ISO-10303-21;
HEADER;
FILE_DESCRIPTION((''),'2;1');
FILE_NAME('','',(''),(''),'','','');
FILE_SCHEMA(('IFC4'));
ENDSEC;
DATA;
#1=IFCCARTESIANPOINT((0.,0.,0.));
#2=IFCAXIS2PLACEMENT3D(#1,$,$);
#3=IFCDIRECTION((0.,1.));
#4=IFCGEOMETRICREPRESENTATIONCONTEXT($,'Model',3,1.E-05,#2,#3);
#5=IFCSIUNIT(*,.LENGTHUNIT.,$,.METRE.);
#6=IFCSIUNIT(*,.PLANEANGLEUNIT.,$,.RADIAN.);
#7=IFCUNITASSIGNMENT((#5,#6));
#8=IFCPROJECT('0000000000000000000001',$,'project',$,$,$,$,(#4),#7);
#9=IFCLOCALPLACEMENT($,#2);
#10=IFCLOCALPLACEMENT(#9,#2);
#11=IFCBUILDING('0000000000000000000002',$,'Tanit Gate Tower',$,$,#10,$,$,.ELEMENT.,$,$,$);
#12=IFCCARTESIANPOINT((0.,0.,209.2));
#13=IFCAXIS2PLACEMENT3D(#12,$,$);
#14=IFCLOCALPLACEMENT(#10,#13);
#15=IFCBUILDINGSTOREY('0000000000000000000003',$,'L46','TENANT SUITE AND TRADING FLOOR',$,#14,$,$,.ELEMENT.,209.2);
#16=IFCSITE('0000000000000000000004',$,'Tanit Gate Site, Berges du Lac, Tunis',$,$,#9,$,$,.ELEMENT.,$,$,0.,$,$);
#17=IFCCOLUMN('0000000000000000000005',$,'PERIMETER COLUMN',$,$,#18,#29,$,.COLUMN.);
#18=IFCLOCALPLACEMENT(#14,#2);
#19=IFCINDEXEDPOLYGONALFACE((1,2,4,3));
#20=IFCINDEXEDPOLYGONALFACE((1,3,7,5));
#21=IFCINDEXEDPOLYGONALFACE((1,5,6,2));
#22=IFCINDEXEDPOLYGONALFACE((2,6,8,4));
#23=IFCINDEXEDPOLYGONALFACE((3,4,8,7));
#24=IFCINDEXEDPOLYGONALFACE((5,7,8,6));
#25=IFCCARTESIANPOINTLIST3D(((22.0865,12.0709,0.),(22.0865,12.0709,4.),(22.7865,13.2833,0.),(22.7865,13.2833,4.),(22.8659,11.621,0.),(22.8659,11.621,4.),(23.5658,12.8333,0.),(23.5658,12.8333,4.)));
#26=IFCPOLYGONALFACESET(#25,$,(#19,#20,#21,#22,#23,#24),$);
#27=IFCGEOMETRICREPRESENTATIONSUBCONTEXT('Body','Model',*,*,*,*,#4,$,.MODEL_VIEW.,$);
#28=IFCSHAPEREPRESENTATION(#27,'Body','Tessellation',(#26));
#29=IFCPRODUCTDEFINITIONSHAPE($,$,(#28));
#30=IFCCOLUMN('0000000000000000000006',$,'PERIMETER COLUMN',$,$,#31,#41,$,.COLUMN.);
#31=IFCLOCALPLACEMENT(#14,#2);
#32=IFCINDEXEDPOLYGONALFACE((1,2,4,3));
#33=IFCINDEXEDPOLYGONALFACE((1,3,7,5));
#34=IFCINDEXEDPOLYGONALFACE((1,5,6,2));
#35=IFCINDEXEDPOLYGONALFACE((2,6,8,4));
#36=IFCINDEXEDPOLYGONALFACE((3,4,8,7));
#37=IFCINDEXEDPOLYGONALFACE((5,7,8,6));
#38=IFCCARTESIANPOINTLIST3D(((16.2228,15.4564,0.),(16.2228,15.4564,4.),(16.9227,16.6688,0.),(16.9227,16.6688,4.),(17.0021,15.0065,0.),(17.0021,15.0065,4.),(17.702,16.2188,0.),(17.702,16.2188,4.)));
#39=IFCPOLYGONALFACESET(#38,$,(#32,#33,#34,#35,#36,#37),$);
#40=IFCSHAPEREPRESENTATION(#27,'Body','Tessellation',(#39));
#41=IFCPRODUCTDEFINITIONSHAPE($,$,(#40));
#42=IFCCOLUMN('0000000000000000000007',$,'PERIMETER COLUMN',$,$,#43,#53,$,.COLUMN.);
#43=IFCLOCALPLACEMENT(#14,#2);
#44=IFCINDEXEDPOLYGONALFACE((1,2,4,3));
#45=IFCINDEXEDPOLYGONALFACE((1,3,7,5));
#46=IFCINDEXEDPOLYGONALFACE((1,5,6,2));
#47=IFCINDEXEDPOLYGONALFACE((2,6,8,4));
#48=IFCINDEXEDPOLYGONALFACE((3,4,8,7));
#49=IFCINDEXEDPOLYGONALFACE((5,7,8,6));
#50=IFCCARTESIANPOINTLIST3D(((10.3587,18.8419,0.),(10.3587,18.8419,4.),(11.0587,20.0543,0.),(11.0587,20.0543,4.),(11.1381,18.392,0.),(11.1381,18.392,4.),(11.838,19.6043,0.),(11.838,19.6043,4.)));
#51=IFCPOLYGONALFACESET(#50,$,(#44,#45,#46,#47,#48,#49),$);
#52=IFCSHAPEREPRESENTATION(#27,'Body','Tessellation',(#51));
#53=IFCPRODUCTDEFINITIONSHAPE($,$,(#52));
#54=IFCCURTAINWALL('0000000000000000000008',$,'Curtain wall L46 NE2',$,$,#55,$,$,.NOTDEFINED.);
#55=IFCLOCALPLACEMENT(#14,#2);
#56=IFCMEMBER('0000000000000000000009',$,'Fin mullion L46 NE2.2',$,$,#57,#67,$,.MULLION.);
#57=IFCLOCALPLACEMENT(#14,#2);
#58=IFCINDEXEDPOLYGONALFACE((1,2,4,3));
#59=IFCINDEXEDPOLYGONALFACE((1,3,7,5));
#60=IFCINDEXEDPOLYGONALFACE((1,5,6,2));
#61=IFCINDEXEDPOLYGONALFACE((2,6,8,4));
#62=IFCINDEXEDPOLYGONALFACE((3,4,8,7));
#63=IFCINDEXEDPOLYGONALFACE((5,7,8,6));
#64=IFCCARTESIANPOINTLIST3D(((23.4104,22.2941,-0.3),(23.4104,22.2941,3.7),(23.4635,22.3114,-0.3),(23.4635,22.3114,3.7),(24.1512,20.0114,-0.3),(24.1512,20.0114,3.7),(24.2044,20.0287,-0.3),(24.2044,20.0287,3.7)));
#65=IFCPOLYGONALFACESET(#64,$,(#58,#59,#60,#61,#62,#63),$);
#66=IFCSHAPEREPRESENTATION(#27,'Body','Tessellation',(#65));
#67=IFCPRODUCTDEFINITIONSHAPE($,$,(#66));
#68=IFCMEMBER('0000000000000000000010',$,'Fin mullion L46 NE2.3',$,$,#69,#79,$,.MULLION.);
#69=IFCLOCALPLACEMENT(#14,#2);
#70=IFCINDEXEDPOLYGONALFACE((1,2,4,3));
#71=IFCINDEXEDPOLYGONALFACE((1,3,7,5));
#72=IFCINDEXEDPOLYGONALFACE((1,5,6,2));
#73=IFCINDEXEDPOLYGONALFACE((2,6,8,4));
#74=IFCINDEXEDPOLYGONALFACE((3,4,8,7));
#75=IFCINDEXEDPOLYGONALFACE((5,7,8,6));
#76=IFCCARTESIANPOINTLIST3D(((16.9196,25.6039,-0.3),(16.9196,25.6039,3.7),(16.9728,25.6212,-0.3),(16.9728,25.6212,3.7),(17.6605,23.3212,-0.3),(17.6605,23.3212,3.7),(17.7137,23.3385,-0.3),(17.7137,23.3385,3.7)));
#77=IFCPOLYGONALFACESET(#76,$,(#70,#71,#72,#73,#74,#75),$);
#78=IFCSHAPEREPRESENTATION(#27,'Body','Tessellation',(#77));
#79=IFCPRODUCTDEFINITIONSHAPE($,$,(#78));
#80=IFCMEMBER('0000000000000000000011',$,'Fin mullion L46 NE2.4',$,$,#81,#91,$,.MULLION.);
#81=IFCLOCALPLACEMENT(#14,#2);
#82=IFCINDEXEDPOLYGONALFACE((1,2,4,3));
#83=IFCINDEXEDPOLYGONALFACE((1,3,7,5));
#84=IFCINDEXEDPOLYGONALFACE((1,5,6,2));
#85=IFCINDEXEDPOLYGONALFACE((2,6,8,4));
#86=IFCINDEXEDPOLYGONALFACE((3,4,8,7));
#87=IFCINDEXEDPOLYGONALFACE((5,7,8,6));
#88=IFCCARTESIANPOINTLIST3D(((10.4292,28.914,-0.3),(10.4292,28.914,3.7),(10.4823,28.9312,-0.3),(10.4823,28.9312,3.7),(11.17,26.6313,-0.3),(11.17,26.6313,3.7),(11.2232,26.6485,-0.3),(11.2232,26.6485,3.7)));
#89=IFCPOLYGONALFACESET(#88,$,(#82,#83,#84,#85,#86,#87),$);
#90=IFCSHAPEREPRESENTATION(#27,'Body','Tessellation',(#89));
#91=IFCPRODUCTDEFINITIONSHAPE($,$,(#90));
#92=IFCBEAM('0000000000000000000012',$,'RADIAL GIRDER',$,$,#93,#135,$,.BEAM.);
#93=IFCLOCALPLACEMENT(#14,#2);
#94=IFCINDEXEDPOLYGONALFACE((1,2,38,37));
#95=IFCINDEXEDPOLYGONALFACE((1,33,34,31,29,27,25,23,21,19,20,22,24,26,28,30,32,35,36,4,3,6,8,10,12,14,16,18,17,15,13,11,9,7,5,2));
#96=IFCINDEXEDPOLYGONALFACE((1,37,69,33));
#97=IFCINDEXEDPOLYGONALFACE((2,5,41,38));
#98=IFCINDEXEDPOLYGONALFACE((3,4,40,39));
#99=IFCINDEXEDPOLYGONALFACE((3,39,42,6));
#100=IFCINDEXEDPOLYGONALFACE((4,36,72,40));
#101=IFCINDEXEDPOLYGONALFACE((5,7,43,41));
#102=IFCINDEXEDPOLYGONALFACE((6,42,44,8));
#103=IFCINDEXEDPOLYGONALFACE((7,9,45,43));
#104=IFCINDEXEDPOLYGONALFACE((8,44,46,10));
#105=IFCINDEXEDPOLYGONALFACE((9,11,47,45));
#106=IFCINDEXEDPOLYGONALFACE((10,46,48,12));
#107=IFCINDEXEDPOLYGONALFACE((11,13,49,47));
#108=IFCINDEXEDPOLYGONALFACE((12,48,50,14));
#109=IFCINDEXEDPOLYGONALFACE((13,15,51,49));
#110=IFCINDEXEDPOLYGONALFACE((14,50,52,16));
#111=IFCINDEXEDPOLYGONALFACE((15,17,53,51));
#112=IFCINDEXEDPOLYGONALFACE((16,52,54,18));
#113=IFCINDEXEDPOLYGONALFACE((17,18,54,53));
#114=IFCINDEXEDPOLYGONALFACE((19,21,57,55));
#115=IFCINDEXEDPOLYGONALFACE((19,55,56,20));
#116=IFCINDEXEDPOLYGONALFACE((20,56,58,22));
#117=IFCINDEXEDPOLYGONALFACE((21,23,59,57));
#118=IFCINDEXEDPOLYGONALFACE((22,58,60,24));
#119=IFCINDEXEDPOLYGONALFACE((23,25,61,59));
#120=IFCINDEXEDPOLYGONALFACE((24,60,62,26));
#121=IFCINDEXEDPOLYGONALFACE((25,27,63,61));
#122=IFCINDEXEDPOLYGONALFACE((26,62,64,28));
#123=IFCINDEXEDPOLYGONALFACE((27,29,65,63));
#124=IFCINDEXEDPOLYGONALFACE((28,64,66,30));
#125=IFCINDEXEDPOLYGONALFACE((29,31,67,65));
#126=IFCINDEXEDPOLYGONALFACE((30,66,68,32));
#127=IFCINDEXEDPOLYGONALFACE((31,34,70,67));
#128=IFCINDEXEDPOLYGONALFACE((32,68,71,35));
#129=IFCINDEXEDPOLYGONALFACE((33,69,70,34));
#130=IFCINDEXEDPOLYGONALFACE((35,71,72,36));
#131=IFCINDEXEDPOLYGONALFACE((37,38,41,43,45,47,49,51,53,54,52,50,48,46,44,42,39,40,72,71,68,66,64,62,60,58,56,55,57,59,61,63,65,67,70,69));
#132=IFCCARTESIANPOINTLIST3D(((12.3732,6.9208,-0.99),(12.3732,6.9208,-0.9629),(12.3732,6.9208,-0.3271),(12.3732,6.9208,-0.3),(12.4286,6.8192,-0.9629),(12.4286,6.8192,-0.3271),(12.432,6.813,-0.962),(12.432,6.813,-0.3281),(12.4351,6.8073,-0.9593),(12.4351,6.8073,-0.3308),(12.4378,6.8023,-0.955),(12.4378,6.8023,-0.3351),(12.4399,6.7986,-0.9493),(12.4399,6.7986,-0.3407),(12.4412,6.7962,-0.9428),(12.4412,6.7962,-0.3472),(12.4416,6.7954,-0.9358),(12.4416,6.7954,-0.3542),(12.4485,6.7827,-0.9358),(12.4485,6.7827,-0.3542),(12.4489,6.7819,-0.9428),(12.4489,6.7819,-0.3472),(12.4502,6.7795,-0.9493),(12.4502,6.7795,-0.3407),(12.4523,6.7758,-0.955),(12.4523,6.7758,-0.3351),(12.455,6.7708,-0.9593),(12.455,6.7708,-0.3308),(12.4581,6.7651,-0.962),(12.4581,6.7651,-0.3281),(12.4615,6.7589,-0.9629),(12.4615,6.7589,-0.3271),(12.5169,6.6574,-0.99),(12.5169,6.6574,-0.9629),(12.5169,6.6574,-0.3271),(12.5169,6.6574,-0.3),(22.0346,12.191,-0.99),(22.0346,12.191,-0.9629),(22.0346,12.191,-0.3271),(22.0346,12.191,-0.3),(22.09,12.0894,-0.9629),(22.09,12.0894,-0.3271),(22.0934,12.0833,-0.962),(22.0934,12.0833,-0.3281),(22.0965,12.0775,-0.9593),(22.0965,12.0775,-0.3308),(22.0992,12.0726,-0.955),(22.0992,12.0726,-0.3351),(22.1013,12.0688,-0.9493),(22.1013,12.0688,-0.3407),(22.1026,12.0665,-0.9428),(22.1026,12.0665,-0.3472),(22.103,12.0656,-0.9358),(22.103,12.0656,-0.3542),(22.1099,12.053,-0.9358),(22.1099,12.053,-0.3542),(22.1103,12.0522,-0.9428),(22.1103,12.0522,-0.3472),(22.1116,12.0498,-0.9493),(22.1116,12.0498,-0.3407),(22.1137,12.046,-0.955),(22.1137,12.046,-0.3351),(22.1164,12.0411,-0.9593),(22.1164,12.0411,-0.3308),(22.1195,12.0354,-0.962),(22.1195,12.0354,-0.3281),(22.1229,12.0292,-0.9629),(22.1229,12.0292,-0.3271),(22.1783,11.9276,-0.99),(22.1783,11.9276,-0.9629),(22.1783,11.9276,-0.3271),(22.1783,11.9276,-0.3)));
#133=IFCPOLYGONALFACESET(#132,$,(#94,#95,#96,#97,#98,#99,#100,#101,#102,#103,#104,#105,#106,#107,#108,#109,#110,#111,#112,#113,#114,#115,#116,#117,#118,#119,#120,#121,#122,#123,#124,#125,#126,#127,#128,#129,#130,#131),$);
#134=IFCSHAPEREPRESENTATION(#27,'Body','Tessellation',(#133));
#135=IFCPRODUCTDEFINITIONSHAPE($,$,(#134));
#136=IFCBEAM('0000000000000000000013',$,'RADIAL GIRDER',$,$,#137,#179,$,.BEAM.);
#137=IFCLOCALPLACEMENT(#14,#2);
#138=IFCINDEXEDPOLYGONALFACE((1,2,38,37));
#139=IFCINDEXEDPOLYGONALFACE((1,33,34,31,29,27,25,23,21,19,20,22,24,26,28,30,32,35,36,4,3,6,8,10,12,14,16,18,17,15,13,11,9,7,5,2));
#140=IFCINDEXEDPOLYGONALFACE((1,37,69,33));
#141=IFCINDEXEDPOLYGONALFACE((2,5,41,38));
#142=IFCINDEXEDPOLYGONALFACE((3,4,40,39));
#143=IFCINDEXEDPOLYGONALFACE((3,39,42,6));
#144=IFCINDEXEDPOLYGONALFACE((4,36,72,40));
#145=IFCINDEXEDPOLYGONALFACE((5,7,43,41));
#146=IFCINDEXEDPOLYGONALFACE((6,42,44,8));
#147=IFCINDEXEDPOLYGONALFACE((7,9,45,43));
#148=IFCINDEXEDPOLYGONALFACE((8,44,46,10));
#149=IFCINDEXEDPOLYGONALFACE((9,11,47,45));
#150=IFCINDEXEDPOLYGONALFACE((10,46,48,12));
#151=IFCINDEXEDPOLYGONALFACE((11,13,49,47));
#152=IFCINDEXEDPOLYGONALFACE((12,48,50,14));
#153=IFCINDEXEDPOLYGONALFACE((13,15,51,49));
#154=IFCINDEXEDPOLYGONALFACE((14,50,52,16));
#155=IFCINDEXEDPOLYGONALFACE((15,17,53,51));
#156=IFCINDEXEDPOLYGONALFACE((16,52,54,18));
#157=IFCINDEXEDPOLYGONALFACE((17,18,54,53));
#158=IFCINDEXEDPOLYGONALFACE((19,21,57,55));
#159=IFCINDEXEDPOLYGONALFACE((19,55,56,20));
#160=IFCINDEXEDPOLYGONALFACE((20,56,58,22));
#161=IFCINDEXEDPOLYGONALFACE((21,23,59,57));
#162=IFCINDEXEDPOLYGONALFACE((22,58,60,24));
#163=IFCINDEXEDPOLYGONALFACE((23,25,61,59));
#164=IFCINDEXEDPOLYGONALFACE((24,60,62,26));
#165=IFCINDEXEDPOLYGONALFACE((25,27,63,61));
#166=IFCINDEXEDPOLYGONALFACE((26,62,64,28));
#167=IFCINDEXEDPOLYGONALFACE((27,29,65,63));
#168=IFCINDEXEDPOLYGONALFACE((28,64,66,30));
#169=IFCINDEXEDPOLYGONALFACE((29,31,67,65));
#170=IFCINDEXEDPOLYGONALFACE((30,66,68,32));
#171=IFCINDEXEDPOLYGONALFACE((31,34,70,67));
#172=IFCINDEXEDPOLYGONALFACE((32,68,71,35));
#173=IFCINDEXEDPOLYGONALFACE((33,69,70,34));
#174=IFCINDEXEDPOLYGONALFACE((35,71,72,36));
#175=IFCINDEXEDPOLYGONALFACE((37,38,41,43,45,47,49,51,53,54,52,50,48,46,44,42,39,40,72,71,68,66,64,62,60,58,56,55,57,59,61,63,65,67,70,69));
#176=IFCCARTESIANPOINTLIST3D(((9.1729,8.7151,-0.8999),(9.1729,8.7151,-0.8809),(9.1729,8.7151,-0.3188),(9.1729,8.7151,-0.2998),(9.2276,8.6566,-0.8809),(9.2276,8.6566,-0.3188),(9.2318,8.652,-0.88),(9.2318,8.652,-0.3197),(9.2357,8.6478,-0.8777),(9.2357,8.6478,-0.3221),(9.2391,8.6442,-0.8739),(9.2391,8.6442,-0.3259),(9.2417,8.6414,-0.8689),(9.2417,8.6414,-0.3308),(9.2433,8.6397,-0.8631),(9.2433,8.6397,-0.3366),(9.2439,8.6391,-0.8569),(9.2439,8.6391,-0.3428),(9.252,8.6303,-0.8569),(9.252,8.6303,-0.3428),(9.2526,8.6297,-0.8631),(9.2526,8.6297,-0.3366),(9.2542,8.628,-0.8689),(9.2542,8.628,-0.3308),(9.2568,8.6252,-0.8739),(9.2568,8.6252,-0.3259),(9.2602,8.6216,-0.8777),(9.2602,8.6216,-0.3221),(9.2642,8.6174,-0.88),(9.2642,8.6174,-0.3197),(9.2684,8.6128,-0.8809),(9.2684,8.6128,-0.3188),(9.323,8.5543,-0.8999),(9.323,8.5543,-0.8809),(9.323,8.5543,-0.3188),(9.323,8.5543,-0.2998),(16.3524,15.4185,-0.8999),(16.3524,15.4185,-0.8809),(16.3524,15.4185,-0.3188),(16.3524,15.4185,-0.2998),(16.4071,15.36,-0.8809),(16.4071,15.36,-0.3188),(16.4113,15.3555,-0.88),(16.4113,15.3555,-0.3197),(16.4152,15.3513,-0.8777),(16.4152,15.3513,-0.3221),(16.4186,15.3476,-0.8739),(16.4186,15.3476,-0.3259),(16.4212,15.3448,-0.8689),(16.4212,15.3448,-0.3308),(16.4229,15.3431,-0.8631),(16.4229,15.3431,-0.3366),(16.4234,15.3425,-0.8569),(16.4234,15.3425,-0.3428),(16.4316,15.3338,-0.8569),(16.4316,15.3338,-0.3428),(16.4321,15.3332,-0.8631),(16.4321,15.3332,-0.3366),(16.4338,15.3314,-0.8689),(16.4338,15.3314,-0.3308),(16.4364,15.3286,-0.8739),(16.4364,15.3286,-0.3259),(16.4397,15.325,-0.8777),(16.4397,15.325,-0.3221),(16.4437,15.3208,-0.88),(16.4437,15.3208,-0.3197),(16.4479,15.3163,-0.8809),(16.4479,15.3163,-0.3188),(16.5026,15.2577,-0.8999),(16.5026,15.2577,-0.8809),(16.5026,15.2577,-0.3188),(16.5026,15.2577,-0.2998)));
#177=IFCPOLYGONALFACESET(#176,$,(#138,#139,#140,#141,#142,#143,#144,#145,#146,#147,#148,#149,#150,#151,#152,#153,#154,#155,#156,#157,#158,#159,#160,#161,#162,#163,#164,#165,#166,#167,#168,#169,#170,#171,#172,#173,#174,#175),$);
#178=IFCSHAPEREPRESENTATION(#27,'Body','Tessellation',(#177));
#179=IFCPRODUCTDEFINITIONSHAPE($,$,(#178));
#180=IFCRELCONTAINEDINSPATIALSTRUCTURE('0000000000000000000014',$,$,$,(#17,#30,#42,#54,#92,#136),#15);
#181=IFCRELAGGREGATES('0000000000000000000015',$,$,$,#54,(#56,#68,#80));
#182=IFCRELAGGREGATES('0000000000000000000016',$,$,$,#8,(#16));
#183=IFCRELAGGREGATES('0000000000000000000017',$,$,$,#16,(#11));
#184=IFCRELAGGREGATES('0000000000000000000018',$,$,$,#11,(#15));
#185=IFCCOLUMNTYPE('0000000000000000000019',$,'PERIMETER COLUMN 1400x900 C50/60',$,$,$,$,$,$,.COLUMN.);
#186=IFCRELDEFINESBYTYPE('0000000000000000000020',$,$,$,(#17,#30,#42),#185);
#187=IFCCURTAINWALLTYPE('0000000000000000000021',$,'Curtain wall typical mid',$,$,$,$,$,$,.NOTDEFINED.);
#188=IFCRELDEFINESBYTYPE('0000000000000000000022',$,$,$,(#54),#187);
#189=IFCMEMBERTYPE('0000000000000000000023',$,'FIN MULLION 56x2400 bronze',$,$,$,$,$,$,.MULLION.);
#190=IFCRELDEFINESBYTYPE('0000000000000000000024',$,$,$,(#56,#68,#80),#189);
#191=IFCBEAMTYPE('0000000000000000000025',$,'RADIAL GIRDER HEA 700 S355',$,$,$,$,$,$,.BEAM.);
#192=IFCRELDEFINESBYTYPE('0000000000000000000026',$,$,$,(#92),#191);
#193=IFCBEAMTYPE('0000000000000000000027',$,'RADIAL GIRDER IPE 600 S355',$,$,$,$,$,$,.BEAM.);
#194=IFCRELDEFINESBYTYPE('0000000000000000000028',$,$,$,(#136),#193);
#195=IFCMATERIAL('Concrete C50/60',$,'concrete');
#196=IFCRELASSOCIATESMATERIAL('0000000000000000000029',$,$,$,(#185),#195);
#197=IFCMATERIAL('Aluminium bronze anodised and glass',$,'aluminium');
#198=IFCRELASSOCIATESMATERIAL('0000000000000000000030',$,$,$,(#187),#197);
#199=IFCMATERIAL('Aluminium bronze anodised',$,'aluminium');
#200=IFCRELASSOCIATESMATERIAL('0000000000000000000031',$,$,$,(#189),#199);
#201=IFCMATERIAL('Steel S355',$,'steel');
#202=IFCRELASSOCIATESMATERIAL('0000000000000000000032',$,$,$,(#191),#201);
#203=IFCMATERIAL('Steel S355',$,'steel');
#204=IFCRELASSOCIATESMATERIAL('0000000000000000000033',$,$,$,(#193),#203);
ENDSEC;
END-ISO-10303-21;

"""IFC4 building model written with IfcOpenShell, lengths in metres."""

from ifc_helpers import new_model, si_unit, direction, frame, origin, origin_2d, place, context, subcontext, project, spatial, rectangle, i_section, extrude, material, material_profile, profile_set, type_object, element, aggregate, save


model = new_model("IFC4")

# Units and contexts
model_context = context("Model", 3, precision=1e-05, world=origin(), true_north=direction((0.0, 1.0)))
body_context = subcontext(model_context, "Body", "Model", "MODEL_VIEW")
ifc_project = project(units=[si_unit("LENGTHUNIT", "METRE"), si_unit("PLANEANGLEUNIT", "RADIAN")], contexts=[model_context])

# Site, building, storey
site_placement = place(None, origin())
site = spatial("IfcSite", under=ifc_project, at=site_placement, Name="Tanit Gate Site, Berges du Lac, Tunis", CompositionType="ELEMENT", RefElevation=0.0)
building_placement = place(site_placement, origin())
building = spatial("IfcBuilding", under=site, at=building_placement, Name="Tanit Gate Tower", CompositionType="ELEMENT")
storey_placement = place(building_placement, frame((0.0, 0.0, 209.2)))
storey = spatial("IfcBuildingStorey", under=building, at=storey_placement, Name="L46", Description="TENANT SUITE AND TRADING FLOOR", CompositionType="ELEMENT", Elevation=209.2)

# Columns
ifc_material_1 = material(Name="Concrete C50/60", Category="concrete")
ifc_material_profile_1 = material_profile(ifc_material_1, rectangle(XDim=1.3999, YDim=0.8999, at=origin_2d()), Name="RC 1400x900")
ifc_profile_set_1 = profile_set([ifc_material_profile_1], Name="Concrete C50/60")
column_type = type_object("IfcColumnType", Name="PERIMETER COLUMN 1400x900 C50/60", PredefinedType="COLUMN", material=ifc_profile_set_1)
for number, where, z_axis, x_axis, name in (
    (1, (22.8262, 12.4521, 0.0), (0.0, 0.0, 1.0), (0.5, 0.866025, 0.0), "PERIMETER COLUMN"),
    (2, (16.9624, 15.8376, 0.0), (0.0, 0.0, 1.0), (0.5, 0.866025, 0.0), "PERIMETER COLUMN"),
    (3, (11.0984, 19.2231, 0.0), (0.0, 0.0, 1.0), (0.5, 0.866025, 0.0), "PERIMETER COLUMN"),
):
    element("IfcColumn", number, at=place(storey_placement, frame(where, z_axis=z_axis, x_axis=x_axis)), inside=storey, type_object=column_type, Name=name, PredefinedType="COLUMN", context=body_context, shape_type="SweptSolid", body=[
        extrude(rectangle(XDim=1.3999, YDim=0.8999, at=origin_2d()), origin(), (0.0, 0.0, 1.0), 4.0),
    ])

# Curtain wall, members
ifc_material_2 = material(Name="Aluminium bronze anodised and glass", Category="aluminium")
curtain_wall_type = type_object("IfcCurtainWallType", Name="Curtain wall typical mid", PredefinedType="NOTDEFINED", material=ifc_material_2)
curtain_wall_placement = place(storey_placement, origin())
curtain_wall = element("IfcCurtainWall", 4, at=curtain_wall_placement, inside=storey, type_object=curtain_wall_type, Name="Curtain wall L46 NE2", PredefinedType="NOTDEFINED")
ifc_material_3 = material(Name="Aluminium bronze anodised", Category="aluminium")
ifc_material_profile_2 = material_profile(ifc_material_3, rectangle(XDim=2.3999, YDim=0.0559, at=origin_2d()), Name="56x2400 bronze fin mullion")
ifc_profile_set_2 = profile_set([ifc_material_profile_2], Name="Aluminium bronze anodised")
member_type_1 = type_object("IfcMemberType", Name="FIN MULLION 56x2400 bronze", PredefinedType="MULLION", material=ifc_profile_set_2)
member_1_placement = place(storey_placement, frame((23.8074, 21.1614, -0.3), z_axis=(0.0, 0.0, 1.0), x_axis=(0.3087, -0.95116, 0.0)))
member_1 = element("IfcMember", 5, at=member_1_placement, type_object=member_type_1, Name="Fin mullion L46 NE2.2", PredefinedType="MULLION", context=body_context, shape_type="SweptSolid", body=[
    extrude(rectangle(XDim=2.3999, YDim=0.0559, at=origin_2d()), origin(), (0.0, 0.0, 1.0), 4.0),
])
member_2_placement = place(storey_placement, frame((17.3167, 24.4712, -0.3), z_axis=(0.0, 0.0, 1.0), x_axis=(0.3087, -0.95116, 0.0)))
member_2 = element("IfcMember", 6, at=member_2_placement, type_object=member_type_1, Name="Fin mullion L46 NE2.3", PredefinedType="MULLION", context=body_context, shape_type="SweptSolid", body=[
    extrude(rectangle(XDim=2.3999, YDim=0.0559, at=origin_2d()), origin(), (0.0, 0.0, 1.0), 4.0),
])
member_3_placement = place(storey_placement, frame((10.8262, 27.7812, -0.3), z_axis=(0.0, 0.0, 1.0), x_axis=(0.3087, -0.95116, 0.0)))
member_3 = element("IfcMember", 7, at=member_3_placement, type_object=member_type_1, Name="Fin mullion L46 NE2.4", PredefinedType="MULLION", context=body_context, shape_type="SweptSolid", body=[
    extrude(rectangle(XDim=2.3999, YDim=0.0559, at=origin_2d()), origin(), (0.0, 0.0, 1.0), 4.0),
])

# Beams
ifc_material_4 = material(Name="Steel S355", Category="steel")
ifc_material_profile_3 = material_profile(ifc_material_4, i_section(OverallWidth=0.3, OverallDepth=0.6899, WebThickness=0.0144, FlangeThickness=0.0271, FilletRadius=0.0271, at=origin_2d()), Name="HEA 700")
ifc_profile_set_3 = profile_set([ifc_material_profile_3], Name="Steel S355")
beam_type_1 = type_object("IfcBeamType", Name="RADIAL GIRDER HEA 700 S355", PredefinedType="BEAM", material=ifc_profile_set_3)
beam_1_placement = place(storey_placement, frame((22.1064, 12.0593, -0.645), z_axis=(-0.877879, -0.478882, 0.0), x_axis=(0.478882, -0.877879, 0.0)))
element("IfcBeam", 8, at=beam_1_placement, inside=storey, type_object=beam_type_1, Name="RADIAL GIRDER", PredefinedType="BEAM", context=body_context, shape_type="SweptSolid", body=[
    extrude(i_section(OverallWidth=0.3, OverallDepth=0.6899, WebThickness=0.0144, FlangeThickness=0.0271, FilletRadius=0.0271, at=origin_2d()), origin(), (0.0, 0.0, 1.0), 11.0054),
])
ifc_material_5 = material(Name="Steel S355", Category="steel")
ifc_material_profile_4 = material_profile(ifc_material_5, i_section(OverallWidth=0.22, OverallDepth=0.6001, WebThickness=0.012, FlangeThickness=0.019, FilletRadius=0.0239, at=origin_2d()), Name="IPE 600")
ifc_profile_set_4 = profile_set([ifc_material_profile_4], Name="Steel S355")
beam_type_2 = type_object("IfcBeamType", Name="RADIAL GIRDER IPE 600 S355", PredefinedType="BEAM", material=ifc_profile_set_4)
beam_2_placement = place(storey_placement, frame((16.4275, 15.3381, -0.5999), z_axis=(-0.730925, -0.682457, 0.0), x_axis=(0.682457, -0.730925, 0.0)))
element("IfcBeam", 9, at=beam_2_placement, inside=storey, type_object=beam_type_2, Name="RADIAL GIRDER", PredefinedType="BEAM", context=body_context, shape_type="SweptSolid", body=[
    extrude(i_section(OverallWidth=0.22, OverallDepth=0.6001, WebThickness=0.012, FlangeThickness=0.019, FilletRadius=0.0239, at=origin_2d()), origin(), (0.0, 0.0, 1.0), 9.8225),
])

aggregate(curtain_wall, [member_1, member_2, member_3])

save(model, "model.ifc")
